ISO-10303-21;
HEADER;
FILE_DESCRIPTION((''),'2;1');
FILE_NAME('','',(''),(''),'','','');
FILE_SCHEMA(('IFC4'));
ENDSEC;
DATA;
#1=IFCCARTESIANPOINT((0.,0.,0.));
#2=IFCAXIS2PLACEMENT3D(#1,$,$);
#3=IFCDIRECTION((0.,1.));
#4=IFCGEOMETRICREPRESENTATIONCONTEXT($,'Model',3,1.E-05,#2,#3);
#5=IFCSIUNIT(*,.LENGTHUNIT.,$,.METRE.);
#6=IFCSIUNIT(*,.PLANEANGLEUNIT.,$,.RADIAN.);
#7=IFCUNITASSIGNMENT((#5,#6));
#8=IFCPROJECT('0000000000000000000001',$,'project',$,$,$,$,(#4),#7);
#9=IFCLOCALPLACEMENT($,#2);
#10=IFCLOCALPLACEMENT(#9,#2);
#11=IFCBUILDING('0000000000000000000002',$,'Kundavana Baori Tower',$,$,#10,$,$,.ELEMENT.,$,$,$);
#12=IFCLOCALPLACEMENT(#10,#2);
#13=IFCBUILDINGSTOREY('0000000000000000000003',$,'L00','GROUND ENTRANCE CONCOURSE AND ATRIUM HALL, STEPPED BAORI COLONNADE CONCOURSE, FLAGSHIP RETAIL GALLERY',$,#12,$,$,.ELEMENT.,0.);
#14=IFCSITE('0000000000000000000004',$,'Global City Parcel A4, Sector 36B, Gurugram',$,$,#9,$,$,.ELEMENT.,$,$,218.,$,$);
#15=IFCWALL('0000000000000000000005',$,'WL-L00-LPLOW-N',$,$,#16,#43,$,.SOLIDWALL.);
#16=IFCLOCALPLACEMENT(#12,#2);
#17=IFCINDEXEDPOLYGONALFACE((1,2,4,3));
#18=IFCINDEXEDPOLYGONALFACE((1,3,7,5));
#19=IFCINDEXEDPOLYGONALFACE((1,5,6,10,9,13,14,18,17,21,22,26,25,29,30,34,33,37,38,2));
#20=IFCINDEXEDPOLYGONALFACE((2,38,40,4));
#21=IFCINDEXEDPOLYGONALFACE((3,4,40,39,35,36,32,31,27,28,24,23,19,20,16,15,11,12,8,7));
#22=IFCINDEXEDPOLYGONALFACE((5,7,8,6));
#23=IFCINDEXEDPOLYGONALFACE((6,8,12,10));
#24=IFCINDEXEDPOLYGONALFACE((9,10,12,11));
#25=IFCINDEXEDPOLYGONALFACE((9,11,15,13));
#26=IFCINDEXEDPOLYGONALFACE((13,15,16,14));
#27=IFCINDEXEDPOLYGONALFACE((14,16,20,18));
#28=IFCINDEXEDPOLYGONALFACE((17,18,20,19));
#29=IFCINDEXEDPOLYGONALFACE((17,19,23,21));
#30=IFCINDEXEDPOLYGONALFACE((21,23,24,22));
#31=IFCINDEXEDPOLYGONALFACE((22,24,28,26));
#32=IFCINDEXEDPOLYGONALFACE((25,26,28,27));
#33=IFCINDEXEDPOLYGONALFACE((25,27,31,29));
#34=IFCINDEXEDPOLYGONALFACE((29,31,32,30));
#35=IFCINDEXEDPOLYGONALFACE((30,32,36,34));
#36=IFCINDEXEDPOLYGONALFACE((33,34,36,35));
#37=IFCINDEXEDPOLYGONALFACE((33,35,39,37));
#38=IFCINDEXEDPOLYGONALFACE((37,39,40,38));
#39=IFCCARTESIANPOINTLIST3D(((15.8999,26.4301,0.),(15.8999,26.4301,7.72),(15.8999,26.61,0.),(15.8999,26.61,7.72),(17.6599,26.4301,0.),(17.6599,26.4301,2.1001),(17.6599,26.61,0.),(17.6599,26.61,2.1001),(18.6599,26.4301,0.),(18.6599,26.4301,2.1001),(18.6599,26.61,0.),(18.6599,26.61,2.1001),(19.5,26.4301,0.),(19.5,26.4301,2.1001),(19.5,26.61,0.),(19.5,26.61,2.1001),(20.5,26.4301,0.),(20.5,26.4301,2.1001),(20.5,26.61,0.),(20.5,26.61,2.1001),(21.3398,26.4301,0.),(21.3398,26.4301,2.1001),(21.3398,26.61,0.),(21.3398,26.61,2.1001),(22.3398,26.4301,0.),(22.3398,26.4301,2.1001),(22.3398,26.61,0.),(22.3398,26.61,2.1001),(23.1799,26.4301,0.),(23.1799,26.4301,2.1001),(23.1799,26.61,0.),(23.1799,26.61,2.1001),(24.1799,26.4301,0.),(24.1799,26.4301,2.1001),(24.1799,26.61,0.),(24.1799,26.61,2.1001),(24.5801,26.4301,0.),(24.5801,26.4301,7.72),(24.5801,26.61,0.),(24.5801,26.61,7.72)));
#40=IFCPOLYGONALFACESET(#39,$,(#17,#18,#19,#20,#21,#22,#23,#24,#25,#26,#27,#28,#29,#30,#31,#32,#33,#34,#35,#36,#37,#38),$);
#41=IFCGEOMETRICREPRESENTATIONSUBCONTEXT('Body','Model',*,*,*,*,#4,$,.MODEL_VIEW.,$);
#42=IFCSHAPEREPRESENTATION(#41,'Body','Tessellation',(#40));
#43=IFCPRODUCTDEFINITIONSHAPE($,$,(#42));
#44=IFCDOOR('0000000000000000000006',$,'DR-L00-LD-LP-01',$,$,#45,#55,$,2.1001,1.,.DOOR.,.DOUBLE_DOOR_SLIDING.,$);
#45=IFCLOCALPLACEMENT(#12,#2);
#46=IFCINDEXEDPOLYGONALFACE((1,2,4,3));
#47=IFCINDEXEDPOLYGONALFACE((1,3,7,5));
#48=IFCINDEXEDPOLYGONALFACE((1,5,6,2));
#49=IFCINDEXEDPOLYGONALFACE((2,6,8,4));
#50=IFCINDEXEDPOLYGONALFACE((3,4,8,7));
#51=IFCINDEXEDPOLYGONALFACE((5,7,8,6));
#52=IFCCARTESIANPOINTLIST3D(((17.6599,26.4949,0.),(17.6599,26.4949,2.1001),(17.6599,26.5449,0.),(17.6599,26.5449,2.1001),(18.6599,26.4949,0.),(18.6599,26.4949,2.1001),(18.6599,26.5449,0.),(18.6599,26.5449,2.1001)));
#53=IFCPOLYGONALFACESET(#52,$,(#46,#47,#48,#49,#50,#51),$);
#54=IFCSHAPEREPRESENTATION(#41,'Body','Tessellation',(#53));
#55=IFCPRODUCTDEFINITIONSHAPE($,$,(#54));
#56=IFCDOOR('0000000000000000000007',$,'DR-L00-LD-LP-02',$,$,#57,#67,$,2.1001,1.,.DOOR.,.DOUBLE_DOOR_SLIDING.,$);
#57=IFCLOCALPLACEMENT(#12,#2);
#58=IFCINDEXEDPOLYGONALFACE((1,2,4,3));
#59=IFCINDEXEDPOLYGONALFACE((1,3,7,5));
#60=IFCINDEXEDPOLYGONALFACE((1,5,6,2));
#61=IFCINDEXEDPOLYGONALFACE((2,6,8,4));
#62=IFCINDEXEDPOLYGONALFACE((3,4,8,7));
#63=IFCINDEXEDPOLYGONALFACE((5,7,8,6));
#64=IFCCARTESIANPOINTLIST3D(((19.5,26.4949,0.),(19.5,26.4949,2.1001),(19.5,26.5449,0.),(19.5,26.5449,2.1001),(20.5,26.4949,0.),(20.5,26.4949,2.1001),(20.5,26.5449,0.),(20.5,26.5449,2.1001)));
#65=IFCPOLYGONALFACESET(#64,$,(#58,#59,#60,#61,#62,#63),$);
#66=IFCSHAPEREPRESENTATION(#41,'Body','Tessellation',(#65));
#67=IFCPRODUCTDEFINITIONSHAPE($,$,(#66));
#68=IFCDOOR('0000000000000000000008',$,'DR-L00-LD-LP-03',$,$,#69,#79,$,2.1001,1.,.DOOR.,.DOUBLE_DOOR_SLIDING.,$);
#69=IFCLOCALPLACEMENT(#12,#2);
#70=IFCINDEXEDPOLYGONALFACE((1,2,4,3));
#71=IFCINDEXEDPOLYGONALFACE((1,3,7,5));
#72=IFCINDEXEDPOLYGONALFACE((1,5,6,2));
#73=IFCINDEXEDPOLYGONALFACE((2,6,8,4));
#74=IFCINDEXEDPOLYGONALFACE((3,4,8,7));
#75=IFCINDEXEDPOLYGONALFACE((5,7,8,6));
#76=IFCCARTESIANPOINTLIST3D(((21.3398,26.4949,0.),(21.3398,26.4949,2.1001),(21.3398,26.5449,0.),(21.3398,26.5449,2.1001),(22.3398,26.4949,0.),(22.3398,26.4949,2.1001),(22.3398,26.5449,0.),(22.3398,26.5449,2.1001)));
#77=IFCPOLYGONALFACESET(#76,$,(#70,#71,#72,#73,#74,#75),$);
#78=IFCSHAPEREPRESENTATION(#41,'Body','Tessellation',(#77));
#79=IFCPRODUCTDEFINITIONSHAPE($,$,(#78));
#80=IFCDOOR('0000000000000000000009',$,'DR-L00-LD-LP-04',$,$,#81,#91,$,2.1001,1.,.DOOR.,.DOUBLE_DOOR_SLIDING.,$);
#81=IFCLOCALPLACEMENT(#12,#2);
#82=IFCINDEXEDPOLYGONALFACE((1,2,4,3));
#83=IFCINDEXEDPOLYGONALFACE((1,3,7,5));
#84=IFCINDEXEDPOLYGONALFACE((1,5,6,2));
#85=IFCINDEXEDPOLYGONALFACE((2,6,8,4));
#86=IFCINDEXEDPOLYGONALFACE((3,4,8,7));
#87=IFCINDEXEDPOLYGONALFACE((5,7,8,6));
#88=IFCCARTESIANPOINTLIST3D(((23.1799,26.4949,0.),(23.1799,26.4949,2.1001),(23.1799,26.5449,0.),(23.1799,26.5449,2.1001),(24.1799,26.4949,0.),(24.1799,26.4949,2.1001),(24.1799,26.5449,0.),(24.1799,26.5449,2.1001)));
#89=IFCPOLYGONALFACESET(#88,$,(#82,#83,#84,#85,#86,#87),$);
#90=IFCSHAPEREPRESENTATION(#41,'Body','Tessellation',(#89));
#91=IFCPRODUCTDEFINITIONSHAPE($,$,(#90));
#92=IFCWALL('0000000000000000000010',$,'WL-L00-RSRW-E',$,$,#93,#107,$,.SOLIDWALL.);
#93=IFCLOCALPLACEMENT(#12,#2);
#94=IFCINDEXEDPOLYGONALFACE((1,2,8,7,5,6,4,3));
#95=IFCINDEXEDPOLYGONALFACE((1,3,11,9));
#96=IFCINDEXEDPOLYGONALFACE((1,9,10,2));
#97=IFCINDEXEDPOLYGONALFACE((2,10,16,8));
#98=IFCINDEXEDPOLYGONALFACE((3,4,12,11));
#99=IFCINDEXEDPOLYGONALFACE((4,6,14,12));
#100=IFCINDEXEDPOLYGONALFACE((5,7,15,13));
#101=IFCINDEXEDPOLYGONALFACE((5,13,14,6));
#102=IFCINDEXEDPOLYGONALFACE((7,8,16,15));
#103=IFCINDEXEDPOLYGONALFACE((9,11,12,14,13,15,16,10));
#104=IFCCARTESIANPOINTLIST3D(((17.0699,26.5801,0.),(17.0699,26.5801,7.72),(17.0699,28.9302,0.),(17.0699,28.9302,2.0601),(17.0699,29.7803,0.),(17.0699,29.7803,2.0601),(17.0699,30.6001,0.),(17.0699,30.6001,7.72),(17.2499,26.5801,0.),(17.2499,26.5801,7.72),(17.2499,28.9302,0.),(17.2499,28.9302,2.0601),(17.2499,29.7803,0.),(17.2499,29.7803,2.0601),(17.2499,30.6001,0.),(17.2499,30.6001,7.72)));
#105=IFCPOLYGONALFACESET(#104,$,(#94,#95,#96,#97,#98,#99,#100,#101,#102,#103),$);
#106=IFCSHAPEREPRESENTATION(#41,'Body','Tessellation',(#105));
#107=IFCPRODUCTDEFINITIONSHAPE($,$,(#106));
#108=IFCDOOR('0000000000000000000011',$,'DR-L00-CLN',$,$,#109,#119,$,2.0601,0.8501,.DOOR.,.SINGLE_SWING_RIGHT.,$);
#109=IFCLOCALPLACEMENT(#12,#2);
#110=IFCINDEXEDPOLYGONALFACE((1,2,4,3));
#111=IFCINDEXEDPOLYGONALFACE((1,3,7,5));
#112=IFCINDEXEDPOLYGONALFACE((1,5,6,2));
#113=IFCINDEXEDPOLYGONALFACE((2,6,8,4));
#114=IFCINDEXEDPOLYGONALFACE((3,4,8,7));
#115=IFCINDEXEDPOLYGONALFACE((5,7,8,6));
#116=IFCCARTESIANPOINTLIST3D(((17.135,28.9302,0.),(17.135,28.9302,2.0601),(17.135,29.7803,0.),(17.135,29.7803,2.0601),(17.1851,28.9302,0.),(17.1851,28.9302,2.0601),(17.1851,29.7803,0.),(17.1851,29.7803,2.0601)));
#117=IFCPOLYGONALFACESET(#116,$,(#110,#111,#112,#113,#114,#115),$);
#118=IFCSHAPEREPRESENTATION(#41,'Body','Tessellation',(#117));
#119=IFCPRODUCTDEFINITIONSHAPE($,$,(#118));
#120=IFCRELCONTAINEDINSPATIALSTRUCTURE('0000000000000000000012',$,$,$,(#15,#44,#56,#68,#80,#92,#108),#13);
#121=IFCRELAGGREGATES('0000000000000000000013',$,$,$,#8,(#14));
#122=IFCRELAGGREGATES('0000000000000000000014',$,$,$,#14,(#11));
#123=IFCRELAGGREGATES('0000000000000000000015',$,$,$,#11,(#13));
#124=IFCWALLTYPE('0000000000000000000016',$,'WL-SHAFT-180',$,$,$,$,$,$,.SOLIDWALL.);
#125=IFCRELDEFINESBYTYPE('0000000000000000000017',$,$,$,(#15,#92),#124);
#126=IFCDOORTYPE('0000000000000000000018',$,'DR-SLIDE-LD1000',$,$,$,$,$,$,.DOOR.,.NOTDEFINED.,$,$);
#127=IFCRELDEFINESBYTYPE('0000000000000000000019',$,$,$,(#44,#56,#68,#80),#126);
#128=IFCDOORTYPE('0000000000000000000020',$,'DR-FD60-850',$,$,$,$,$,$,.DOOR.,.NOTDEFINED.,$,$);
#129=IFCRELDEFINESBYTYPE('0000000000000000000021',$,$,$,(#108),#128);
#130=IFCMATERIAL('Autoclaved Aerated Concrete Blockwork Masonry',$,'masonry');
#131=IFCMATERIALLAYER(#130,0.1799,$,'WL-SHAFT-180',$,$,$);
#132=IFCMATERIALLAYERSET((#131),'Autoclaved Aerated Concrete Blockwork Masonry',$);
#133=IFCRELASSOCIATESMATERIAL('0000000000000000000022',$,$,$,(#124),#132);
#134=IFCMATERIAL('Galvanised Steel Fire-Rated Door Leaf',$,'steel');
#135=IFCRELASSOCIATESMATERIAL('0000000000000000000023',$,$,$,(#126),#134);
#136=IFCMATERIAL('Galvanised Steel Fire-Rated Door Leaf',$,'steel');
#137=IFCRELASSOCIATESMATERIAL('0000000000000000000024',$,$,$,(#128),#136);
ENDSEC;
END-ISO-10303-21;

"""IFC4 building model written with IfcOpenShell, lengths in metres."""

from ifc_helpers import new_model, si_unit, direction, frame, frame_2d, origin, place, context, subcontext, project, spatial, rectangle, extrude, material, layer, layer_set, type_object, element, fill, save


model = new_model("IFC4")

# Units and contexts
model_context = context("Model", 3, precision=1e-05, world=origin(), true_north=direction((0.0, 1.0)))
body_context = subcontext(model_context, "Body", "Model", "MODEL_VIEW")
ifc_project = project(units=[si_unit("LENGTHUNIT", "METRE"), si_unit("PLANEANGLEUNIT", "RADIAN")], contexts=[model_context])

# Site, building, storey
site_placement = place(None, origin())
site = spatial("IfcSite", under=ifc_project, at=site_placement, Name="Global City Parcel A4, Sector 36B, Gurugram", CompositionType="ELEMENT", RefElevation=218.0)
building_placement = place(site_placement, origin())
building = spatial("IfcBuilding", under=site, at=building_placement, Name="Kundavana Baori Tower", CompositionType="ELEMENT")
storey_placement = place(building_placement, origin())
storey = spatial("IfcBuildingStorey", under=building, at=storey_placement, Name="L00", Description="GROUND ENTRANCE CONCOURSE AND ATRIUM HALL, STEPPED BAORI COLONNADE CONCOURSE, FLAGSHIP RETAIL GALLERY", CompositionType="ELEMENT", Elevation=0.0)

# Wall, openings, doors
ifc_material_1 = material(Name="Autoclaved Aerated Concrete Blockwork Masonry", Category="masonry")
ifc_layer_1 = layer(ifc_material_1, 0.1799, Name="WL-SHAFT-180")
ifc_layer_set_1 = layer_set([ifc_layer_1], Name="Autoclaved Aerated Concrete Blockwork Masonry")
wall_type_1 = type_object("IfcWallType", Name="WL-SHAFT-180", PredefinedType="SOLIDWALL", material=ifc_layer_set_1)
wall_1_placement = place(storey_placement, frame((15.8999, 26.52, 0.0), z_axis=(0.0, 0.0, 1.0), x_axis=(1.0, 0.0, 0.0)))
wall_1 = element("IfcWall", 1, at=wall_1_placement, inside=storey, type_object=wall_type_1, Name="WL-L00-LPLOW-N", PredefinedType="SOLIDWALL", context=body_context, shape_type="SweptSolid", body=[
    extrude(rectangle(XDim=8.6802, YDim=0.1799, at=frame_2d((4.3401, 0.0))), origin(), (0.0, 0.0, 1.0), 7.72),
])
opening_1_placement = place(wall_1_placement, frame((1.76, 0.0, 0.0)))
opening_1 = element("IfcOpeningElement", 2, at=opening_1_placement, cuts=wall_1, PredefinedType="OPENING", context=body_context, shape_type="SweptSolid", body=[
    extrude(rectangle(XDim=1.0, YDim=2.1001, at=frame_2d((0.5, 1.05))), frame((0.0, 0.1001, 0.0), z_axis=(0.0, -1.0, 0.0), x_axis=(1.0, 0.0, 0.0)), (0.0, 0.0, 1.0), 0.2),
])
opening_2_placement = place(wall_1_placement, frame((3.6001, 0.0, 0.0)))
opening_2 = element("IfcOpeningElement", 3, at=opening_2_placement, cuts=wall_1, PredefinedType="OPENING", context=body_context, shape_type="SweptSolid", body=[
    extrude(rectangle(XDim=1.0, YDim=2.1001, at=frame_2d((0.5, 1.05))), frame((0.0, 0.1001, 0.0), z_axis=(0.0, -1.0, 0.0), x_axis=(1.0, 0.0, 0.0)), (0.0, 0.0, 1.0), 0.2),
])
opening_3_placement = place(wall_1_placement, frame((5.4399, 0.0, 0.0)))
opening_3 = element("IfcOpeningElement", 4, at=opening_3_placement, cuts=wall_1, PredefinedType="OPENING", context=body_context, shape_type="SweptSolid", body=[
    extrude(rectangle(XDim=1.0, YDim=2.1001, at=frame_2d((0.5, 1.05))), frame((0.0, 0.1001, 0.0), z_axis=(0.0, -1.0, 0.0), x_axis=(1.0, 0.0, 0.0)), (0.0, 0.0, 1.0), 0.2),
])
opening_4_placement = place(wall_1_placement, frame((7.28, 0.0, 0.0)))
opening_4 = element("IfcOpeningElement", 5, at=opening_4_placement, cuts=wall_1, PredefinedType="OPENING", context=body_context, shape_type="SweptSolid", body=[
    extrude(rectangle(XDim=1.0, YDim=2.1001, at=frame_2d((0.5, 1.05))), frame((0.0, 0.1001, 0.0), z_axis=(0.0, -1.0, 0.0), x_axis=(1.0, 0.0, 0.0)), (0.0, 0.0, 1.0), 0.2),
])
ifc_material_2 = material(Name="Galvanised Steel Fire-Rated Door Leaf", Category="steel")
door_type_1 = type_object("IfcDoorType", Name="DR-SLIDE-LD1000", OperationType="NOTDEFINED", PredefinedType="DOOR", material=ifc_material_2)
door_1_placement = place(opening_1_placement, origin())
door_1 = element("IfcDoor", 6, at=door_1_placement, inside=storey, type_object=door_type_1, Name="DR-L00-LD-LP-01", OperationType="DOUBLE_DOOR_SLIDING", OverallHeight=2.1001, OverallWidth=1.0, PredefinedType="DOOR", context=body_context, shape_type="SweptSolid", body=[
    extrude(rectangle(XDim=1.0, YDim=2.1001, at=frame_2d((0.5, 1.05))), frame((0.0, 0.0249, 0.0), z_axis=(0.0, -1.0, 0.0), x_axis=(1.0, 0.0, 0.0)), (0.0, 0.0, 1.0), 0.05),
])
fill(opening_1, door_1)
door_2_placement = place(opening_2_placement, origin())
door_2 = element("IfcDoor", 7, at=door_2_placement, inside=storey, type_object=door_type_1, Name="DR-L00-LD-LP-02", OperationType="DOUBLE_DOOR_SLIDING", OverallHeight=2.1001, OverallWidth=1.0, PredefinedType="DOOR", context=body_context, shape_type="SweptSolid", body=[
    extrude(rectangle(XDim=1.0, YDim=2.1001, at=frame_2d((0.5, 1.05))), frame((0.0, 0.0249, 0.0), z_axis=(0.0, -1.0, 0.0), x_axis=(1.0, 0.0, 0.0)), (0.0, 0.0, 1.0), 0.05),
])
fill(opening_2, door_2)
door_3_placement = place(opening_3_placement, origin())
door_3 = element("IfcDoor", 8, at=door_3_placement, inside=storey, type_object=door_type_1, Name="DR-L00-LD-LP-03", OperationType="DOUBLE_DOOR_SLIDING", OverallHeight=2.1001, OverallWidth=1.0, PredefinedType="DOOR", context=body_context, shape_type="SweptSolid", body=[
    extrude(rectangle(XDim=1.0, YDim=2.1001, at=frame_2d((0.5, 1.05))), frame((0.0, 0.0249, 0.0), z_axis=(0.0, -1.0, 0.0), x_axis=(1.0, 0.0, 0.0)), (0.0, 0.0, 1.0), 0.05),
])
fill(opening_3, door_3)
door_4_placement = place(opening_4_placement, origin())
door_4 = element("IfcDoor", 9, at=door_4_placement, inside=storey, type_object=door_type_1, Name="DR-L00-LD-LP-04", OperationType="DOUBLE_DOOR_SLIDING", OverallHeight=2.1001, OverallWidth=1.0, PredefinedType="DOOR", context=body_context, shape_type="SweptSolid", body=[
    extrude(rectangle(XDim=1.0, YDim=2.1001, at=frame_2d((0.5, 1.05))), frame((0.0, 0.0249, 0.0), z_axis=(0.0, -1.0, 0.0), x_axis=(1.0, 0.0, 0.0)), (0.0, 0.0, 1.0), 0.05),
])
fill(opening_4, door_4)

# Wall, opening, door
wall_2_placement = place(storey_placement, frame((17.1599, 26.5801, 0.0), z_axis=(0.0, 0.0, 1.0), x_axis=(0.0, 1.0, 0.0)))
wall_2 = element("IfcWall", 10, at=wall_2_placement, inside=storey, type_object=wall_type_1, Name="WL-L00-RSRW-E", PredefinedType="SOLIDWALL", context=body_context, shape_type="SweptSolid", body=[
    extrude(rectangle(XDim=4.02, YDim=0.1799, at=frame_2d((2.01, 0.0))), origin(), (0.0, 0.0, 1.0), 7.72),
])
opening_5_placement = place(wall_2_placement, frame((2.3501, 0.0, 0.0)))
opening_5 = element("IfcOpeningElement", 11, at=opening_5_placement, cuts=wall_2, PredefinedType="OPENING", context=body_context, shape_type="SweptSolid", body=[
    extrude(rectangle(XDim=0.8501, YDim=2.0601, at=frame_2d((0.425, 1.03))), frame((0.0, 0.1001, 0.0), z_axis=(0.0, -1.0, 0.0), x_axis=(1.0, 0.0, 0.0)), (0.0, 0.0, 1.0), 0.2),
])
ifc_material_3 = material(Name="Galvanised Steel Fire-Rated Door Leaf", Category="steel")
door_type_2 = type_object("IfcDoorType", Name="DR-FD60-850", OperationType="NOTDEFINED", PredefinedType="DOOR", material=ifc_material_3)
door_5_placement = place(opening_5_placement, origin())
door_5 = element("IfcDoor", 12, at=door_5_placement, inside=storey, type_object=door_type_2, Name="DR-L00-CLN", OperationType="SINGLE_SWING_RIGHT", OverallHeight=2.0601, OverallWidth=0.8501, PredefinedType="DOOR", context=body_context, shape_type="SweptSolid", body=[
    extrude(rectangle(XDim=0.8501, YDim=2.0601, at=frame_2d((0.425, 1.03))), frame((0.0, 0.0249, 0.0), z_axis=(0.0, -1.0, 0.0), x_axis=(1.0, 0.0, 0.0)), (0.0, 0.0, 1.0), 0.05),
])
fill(opening_5, door_5)

save(model, "model.ifc")
